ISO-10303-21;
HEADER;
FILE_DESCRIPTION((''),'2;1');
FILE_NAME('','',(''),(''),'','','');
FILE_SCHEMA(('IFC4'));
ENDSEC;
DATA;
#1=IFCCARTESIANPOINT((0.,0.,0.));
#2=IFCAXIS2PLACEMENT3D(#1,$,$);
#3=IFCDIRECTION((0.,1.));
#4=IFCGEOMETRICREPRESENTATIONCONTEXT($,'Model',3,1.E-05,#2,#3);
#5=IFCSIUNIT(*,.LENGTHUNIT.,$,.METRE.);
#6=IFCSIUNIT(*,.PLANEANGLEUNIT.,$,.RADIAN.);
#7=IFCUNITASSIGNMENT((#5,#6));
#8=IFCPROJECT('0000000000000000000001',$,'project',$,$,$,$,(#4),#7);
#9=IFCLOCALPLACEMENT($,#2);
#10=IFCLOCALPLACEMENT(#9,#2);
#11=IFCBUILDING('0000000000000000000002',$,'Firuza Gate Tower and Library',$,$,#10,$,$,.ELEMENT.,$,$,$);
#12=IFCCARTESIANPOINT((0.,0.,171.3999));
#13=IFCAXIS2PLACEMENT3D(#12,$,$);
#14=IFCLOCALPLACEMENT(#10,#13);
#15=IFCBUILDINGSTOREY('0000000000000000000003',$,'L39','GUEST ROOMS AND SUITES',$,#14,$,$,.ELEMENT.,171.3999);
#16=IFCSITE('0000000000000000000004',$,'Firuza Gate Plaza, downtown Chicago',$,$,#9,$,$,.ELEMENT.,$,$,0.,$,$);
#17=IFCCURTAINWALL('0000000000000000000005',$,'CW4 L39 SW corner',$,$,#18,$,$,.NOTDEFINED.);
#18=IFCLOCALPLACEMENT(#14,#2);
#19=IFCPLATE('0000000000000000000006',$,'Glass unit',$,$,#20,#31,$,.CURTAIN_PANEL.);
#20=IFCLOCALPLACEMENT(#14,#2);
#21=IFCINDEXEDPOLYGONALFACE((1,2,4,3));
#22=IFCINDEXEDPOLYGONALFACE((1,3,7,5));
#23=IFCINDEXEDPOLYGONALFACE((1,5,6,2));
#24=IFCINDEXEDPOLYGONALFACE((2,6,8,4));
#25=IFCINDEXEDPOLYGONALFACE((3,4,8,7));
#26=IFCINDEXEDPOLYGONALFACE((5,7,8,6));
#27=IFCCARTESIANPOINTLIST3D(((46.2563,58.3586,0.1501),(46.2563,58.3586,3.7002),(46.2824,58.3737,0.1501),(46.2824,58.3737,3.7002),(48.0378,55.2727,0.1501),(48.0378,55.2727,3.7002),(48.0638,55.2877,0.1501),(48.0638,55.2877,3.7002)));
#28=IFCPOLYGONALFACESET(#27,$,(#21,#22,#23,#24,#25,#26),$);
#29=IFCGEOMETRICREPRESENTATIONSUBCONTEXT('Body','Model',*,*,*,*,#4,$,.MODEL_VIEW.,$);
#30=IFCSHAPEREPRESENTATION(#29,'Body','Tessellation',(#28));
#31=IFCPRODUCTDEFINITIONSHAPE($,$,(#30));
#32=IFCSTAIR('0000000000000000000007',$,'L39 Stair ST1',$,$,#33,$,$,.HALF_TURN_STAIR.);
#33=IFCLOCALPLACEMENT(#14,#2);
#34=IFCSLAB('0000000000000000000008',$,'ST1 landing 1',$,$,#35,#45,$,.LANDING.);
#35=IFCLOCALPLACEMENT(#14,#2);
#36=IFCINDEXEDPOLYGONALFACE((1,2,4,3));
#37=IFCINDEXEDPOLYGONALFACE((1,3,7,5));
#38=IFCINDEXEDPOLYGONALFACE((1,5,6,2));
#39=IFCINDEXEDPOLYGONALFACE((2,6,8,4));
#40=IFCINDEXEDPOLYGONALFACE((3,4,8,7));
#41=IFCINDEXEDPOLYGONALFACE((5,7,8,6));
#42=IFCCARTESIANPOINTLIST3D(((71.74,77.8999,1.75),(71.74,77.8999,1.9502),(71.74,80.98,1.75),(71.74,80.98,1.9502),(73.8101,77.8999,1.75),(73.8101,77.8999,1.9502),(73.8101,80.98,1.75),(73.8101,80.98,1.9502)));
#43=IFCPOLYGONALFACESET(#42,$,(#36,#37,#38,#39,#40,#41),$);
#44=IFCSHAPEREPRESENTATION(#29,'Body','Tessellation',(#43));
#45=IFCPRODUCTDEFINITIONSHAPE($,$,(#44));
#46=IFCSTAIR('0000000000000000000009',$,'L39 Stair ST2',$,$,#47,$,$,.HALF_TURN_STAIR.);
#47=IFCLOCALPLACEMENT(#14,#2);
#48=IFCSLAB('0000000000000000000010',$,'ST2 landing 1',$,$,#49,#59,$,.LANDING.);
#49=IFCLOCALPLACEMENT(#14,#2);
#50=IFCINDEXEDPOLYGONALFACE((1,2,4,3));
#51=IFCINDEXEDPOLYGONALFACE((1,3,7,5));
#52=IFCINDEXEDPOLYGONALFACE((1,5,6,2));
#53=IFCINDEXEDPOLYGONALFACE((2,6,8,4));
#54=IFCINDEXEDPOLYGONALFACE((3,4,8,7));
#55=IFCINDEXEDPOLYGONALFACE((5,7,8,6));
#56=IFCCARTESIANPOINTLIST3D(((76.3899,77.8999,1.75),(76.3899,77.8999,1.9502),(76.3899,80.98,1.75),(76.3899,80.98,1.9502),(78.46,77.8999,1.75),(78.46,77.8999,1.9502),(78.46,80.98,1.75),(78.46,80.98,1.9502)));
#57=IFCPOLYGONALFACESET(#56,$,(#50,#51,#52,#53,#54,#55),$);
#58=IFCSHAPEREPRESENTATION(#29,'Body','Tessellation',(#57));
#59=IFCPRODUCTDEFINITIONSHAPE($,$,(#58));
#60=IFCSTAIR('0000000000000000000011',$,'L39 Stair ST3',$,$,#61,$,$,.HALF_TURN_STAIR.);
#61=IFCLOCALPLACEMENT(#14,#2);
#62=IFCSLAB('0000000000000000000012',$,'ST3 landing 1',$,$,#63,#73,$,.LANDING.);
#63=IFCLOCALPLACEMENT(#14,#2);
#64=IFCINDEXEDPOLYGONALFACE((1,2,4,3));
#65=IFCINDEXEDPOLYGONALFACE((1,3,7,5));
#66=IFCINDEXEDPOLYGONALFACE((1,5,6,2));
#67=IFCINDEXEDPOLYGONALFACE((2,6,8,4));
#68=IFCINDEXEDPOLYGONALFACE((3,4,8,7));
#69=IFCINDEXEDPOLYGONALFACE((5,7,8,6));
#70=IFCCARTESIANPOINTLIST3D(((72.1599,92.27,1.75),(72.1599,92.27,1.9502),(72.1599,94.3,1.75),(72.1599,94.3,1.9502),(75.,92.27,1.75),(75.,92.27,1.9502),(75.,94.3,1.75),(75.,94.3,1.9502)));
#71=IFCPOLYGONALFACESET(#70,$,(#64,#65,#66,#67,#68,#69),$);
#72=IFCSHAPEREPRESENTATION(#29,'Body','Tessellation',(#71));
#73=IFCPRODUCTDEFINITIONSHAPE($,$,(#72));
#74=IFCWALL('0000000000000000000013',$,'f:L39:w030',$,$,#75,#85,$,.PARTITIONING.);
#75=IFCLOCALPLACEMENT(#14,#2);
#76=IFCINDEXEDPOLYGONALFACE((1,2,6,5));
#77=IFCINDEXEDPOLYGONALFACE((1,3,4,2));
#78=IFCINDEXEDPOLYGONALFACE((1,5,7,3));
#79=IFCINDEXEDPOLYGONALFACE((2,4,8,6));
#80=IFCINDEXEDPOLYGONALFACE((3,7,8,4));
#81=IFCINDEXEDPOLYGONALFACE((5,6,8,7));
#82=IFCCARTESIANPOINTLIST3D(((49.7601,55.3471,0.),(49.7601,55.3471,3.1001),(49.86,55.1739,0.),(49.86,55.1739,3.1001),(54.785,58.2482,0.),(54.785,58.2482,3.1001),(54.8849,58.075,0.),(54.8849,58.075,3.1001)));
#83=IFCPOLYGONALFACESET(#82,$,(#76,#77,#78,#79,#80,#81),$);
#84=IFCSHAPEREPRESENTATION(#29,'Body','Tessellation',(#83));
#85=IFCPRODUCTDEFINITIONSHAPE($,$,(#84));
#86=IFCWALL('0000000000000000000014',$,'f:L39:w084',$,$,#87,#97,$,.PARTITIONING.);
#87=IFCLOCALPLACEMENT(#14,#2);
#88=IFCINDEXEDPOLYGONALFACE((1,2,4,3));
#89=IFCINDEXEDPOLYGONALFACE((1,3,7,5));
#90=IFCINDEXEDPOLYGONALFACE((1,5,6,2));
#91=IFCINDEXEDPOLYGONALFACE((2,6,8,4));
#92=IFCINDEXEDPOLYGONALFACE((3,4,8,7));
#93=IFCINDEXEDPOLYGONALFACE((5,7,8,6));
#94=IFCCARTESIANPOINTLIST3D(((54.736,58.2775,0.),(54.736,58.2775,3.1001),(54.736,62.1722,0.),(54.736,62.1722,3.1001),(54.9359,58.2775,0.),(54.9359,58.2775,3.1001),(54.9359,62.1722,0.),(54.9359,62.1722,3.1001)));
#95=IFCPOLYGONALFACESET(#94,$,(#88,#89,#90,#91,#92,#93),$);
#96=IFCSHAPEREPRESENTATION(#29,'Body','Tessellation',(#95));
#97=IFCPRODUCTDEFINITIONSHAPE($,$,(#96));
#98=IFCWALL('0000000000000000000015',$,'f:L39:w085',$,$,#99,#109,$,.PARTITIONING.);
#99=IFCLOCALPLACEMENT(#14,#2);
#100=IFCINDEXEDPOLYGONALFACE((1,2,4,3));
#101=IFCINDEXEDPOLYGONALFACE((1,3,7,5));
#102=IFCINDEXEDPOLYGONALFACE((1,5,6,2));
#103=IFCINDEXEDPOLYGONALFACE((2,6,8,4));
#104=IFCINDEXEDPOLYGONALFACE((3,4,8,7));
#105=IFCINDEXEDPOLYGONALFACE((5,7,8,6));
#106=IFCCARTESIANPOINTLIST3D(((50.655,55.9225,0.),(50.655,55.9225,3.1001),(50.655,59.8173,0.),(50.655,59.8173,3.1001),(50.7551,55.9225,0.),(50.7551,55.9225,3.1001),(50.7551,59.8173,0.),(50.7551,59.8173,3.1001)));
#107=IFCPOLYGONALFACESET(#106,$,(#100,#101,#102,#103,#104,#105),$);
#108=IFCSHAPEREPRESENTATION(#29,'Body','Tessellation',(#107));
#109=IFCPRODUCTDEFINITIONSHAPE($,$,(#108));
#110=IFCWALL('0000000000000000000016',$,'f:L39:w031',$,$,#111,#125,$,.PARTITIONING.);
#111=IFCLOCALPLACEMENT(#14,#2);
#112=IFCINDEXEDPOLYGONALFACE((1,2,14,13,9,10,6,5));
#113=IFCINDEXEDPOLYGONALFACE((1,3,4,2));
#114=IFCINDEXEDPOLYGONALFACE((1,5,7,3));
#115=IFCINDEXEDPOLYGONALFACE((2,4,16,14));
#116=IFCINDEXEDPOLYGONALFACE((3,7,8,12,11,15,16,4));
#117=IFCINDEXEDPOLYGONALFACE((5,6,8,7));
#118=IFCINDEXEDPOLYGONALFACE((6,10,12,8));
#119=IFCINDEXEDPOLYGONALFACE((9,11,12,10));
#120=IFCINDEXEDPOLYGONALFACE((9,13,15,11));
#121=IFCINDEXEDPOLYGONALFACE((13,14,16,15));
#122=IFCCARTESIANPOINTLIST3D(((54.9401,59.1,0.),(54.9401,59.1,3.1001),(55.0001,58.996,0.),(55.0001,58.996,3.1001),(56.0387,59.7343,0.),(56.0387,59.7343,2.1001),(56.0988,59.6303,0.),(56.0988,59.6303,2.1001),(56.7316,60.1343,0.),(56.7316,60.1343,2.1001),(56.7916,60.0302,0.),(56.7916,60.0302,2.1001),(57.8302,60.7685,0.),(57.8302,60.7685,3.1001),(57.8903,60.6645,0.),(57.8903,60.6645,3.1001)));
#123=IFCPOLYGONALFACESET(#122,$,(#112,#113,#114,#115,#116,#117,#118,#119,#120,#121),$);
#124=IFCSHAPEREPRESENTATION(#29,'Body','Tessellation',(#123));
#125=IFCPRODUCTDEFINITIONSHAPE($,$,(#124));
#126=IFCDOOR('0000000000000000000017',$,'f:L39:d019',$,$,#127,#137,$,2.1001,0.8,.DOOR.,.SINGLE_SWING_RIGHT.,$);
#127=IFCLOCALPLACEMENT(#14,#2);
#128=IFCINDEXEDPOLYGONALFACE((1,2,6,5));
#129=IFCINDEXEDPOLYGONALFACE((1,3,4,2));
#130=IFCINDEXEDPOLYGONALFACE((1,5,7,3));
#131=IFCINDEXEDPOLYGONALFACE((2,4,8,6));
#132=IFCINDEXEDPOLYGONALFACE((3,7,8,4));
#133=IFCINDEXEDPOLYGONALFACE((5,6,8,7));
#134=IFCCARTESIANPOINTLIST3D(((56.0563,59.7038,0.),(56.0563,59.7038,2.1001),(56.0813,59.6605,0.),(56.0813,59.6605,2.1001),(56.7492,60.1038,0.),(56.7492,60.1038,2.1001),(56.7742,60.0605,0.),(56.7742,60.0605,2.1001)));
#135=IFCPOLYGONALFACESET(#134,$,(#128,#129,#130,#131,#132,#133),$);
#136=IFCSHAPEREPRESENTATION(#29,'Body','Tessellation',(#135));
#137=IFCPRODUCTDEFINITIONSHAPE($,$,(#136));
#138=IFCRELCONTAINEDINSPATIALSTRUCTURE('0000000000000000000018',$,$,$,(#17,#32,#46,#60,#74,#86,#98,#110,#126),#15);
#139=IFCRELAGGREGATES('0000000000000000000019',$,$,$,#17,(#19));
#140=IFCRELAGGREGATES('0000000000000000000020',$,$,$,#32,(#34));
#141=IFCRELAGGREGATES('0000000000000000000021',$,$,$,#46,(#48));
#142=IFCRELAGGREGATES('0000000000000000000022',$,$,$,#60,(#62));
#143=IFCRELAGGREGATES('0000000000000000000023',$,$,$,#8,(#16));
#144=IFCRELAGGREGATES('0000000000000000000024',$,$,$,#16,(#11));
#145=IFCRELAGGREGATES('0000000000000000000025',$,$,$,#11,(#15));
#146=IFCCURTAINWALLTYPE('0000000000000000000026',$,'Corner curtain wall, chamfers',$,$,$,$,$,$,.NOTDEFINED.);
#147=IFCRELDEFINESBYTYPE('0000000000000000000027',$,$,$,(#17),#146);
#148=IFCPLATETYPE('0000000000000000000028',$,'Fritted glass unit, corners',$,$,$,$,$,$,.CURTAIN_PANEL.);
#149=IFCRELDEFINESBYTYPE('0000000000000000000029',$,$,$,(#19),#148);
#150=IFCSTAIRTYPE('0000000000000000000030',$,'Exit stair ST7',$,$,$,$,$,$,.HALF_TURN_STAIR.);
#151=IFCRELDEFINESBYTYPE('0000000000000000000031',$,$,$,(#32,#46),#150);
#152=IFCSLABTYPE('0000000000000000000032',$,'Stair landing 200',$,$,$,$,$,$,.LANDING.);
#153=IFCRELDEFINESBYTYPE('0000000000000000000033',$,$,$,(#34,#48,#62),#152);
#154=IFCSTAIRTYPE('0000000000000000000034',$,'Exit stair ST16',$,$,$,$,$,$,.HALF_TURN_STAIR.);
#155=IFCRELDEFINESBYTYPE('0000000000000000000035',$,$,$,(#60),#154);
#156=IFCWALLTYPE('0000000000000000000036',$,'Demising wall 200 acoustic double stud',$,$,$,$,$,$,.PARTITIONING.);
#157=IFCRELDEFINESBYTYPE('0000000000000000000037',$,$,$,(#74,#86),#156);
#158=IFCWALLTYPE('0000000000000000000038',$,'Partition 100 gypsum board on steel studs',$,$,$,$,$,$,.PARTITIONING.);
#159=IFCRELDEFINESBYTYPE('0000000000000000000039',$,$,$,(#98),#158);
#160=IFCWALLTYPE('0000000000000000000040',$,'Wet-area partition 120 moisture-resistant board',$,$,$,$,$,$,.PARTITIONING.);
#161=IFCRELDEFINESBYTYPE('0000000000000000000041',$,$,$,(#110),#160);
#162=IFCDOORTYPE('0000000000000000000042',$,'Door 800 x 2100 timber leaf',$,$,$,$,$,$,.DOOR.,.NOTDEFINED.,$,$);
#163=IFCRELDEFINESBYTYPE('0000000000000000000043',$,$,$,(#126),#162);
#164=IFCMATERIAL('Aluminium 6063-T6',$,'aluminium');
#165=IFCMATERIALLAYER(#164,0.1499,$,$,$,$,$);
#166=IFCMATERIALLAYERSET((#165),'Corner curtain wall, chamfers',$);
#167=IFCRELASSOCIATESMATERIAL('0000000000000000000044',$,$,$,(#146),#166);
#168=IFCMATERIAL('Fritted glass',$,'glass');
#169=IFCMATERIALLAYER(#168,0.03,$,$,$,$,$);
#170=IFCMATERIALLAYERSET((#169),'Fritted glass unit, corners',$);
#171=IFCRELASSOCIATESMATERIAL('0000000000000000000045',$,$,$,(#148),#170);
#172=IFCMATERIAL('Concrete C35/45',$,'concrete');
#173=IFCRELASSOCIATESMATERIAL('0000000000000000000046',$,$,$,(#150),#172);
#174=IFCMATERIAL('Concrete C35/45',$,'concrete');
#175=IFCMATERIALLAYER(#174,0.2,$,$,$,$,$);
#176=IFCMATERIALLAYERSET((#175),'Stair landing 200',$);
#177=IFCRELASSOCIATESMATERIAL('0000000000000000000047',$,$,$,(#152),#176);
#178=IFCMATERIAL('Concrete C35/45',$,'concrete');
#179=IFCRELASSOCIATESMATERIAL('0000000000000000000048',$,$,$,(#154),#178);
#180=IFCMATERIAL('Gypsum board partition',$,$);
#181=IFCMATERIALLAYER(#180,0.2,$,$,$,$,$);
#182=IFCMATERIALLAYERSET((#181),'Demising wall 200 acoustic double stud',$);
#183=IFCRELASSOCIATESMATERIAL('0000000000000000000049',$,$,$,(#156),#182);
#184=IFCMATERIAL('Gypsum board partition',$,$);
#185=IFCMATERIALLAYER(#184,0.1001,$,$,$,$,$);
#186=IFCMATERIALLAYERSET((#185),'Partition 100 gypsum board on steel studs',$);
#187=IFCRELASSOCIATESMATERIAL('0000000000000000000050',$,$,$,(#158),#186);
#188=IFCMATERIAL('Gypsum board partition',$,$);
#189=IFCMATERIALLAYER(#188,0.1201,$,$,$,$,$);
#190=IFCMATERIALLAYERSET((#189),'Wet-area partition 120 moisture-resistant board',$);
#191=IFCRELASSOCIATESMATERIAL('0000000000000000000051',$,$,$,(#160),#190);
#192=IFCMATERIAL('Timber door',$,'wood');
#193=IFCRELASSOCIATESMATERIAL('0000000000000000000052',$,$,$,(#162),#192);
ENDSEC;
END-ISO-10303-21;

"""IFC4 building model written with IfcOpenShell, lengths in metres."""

from ifc_helpers import new_model, si_unit, direction, frame, frame_2d, origin, place, context, subcontext, project, spatial, polyline, rectangle, outline, extrude, material, layer, layer_set, type_object, element, fill, aggregate, save


model = new_model("IFC4")

# Units and contexts
model_context = context("Model", 3, precision=1e-05, world=origin(), true_north=direction((0.0, 1.0)))
body_context = subcontext(model_context, "Body", "Model", "MODEL_VIEW")
ifc_project = project(units=[si_unit("LENGTHUNIT", "METRE"), si_unit("PLANEANGLEUNIT", "RADIAN")], contexts=[model_context])

# Site, building, storey
site_placement = place(None, origin())
site = spatial("IfcSite", under=ifc_project, at=site_placement, Name="Firuza Gate Plaza, downtown Chicago", CompositionType="ELEMENT", RefElevation=0.0)
building_placement = place(site_placement, origin())
building = spatial("IfcBuilding", under=site, at=building_placement, Name="Firuza Gate Tower and Library", CompositionType="ELEMENT")
storey_placement = place(building_placement, frame((0.0, 0.0, 171.3999)))
storey = spatial("IfcBuildingStorey", under=building, at=storey_placement, Name="L39", Description="GUEST ROOMS AND SUITES", CompositionType="ELEMENT", Elevation=171.3999)

# Curtain wall
ifc_material_1 = material(Name="Aluminium 6063-T6", Category="aluminium")
ifc_layer_1 = layer(ifc_material_1, 0.1499)
ifc_layer_set_1 = layer_set([ifc_layer_1], Name="Corner curtain wall, chamfers")
curtain_wall_type = type_object("IfcCurtainWallType", Name="Corner curtain wall, chamfers", PredefinedType="NOTDEFINED", material=ifc_layer_set_1)
placement_1 = place(storey_placement, origin())
curtain_wall = element("IfcCurtainWall", 1, at=placement_1, inside=storey, type_object=curtain_wall_type, Name="CW4 L39 SW corner", PredefinedType="NOTDEFINED")

# Plate
ifc_material_2 = material(Name="Fritted glass", Category="glass")
ifc_layer_2 = layer(ifc_material_2, 0.03)
ifc_layer_set_2 = layer_set([ifc_layer_2], Name="Fritted glass unit, corners")
plate_type = type_object("IfcPlateType", Name="Fritted glass unit, corners", PredefinedType="CURTAIN_PANEL", material=ifc_layer_set_2)
plate_placement = place(storey_placement, frame((46.2563, 58.3586, 0.1501), z_axis=(-0.866046, -0.499964, 0.0), x_axis=(0.499964, -0.866046, 0.0)))
plate = element("IfcPlate", 2, at=plate_placement, type_object=plate_type, Name="Glass unit", PredefinedType="CURTAIN_PANEL", context=body_context, shape_type="SweptSolid", body=[
    extrude(outline(polyline([(0.0, 0.0), (3.5632, 0.0), (3.5632, 3.55), (0.0, 3.55), (0.0, 0.0)])), origin(), (0.0, 0.0, -1.0), 0.03),
])
aggregate(curtain_wall, [plate])

# Stairs, slabs
ifc_material_3 = material(Name="Concrete C35/45", Category="concrete")
stair_type_1 = type_object("IfcStairType", Name="Exit stair ST7", PredefinedType="HALF_TURN_STAIR", material=ifc_material_3)
stair_1 = element("IfcStair", 3, at=placement_1, inside=storey, type_object=stair_type_1, Name="L39 Stair ST1", PredefinedType="HALF_TURN_STAIR")
ifc_material_4 = material(Name="Concrete C35/45", Category="concrete")
ifc_layer_3 = layer(ifc_material_4, 0.2)
ifc_layer_set_3 = layer_set([ifc_layer_3], Name="Stair landing 200")
slab_type_1 = type_object("IfcSlabType", Name="Stair landing 200", PredefinedType="LANDING", material=ifc_layer_set_3)
placement_2 = place(storey_placement, frame((0.0, 0.0, 1.75)))
slab_1 = element("IfcSlab", 4, at=placement_2, type_object=slab_type_1, Name="ST1 landing 1", PredefinedType="LANDING", context=body_context, shape_type="SweptSolid", body=[
    extrude(outline(polyline([(71.74, 77.8999), (73.8101, 77.8999), (73.8101, 80.98), (71.74, 80.98), (71.74, 77.8999)])), origin(), (0.0, 0.0, 1.0), 0.2002),
])
aggregate(stair_1, [slab_1])
stair_2 = element("IfcStair", 5, at=placement_1, inside=storey, type_object=stair_type_1, Name="L39 Stair ST2", PredefinedType="HALF_TURN_STAIR")
slab_2 = element("IfcSlab", 6, at=placement_2, type_object=slab_type_1, Name="ST2 landing 1", PredefinedType="LANDING", context=body_context, shape_type="SweptSolid", body=[
    extrude(outline(polyline([(78.46, 80.98), (76.3899, 80.98), (76.3899, 77.8999), (78.46, 77.8999), (78.46, 80.98)])), origin(), (0.0, 0.0, 1.0), 0.2002),
])
aggregate(stair_2, [slab_2])
ifc_material_5 = material(Name="Concrete C35/45", Category="concrete")
stair_type_2 = type_object("IfcStairType", Name="Exit stair ST16", PredefinedType="HALF_TURN_STAIR", material=ifc_material_5)
stair_3 = element("IfcStair", 7, at=placement_1, inside=storey, type_object=stair_type_2, Name="L39 Stair ST3", PredefinedType="HALF_TURN_STAIR")
slab_3 = element("IfcSlab", 8, at=placement_2, type_object=slab_type_1, Name="ST3 landing 1", PredefinedType="LANDING", context=body_context, shape_type="SweptSolid", body=[
    extrude(outline(polyline([(75.0, 92.27), (75.0, 94.3), (72.1599, 94.3), (72.1599, 92.27), (75.0, 92.27)])), origin(), (0.0, 0.0, 1.0), 0.2002),
])
aggregate(stair_3, [slab_3])

# Walls
ifc_material_6 = material(Name="Gypsum board partition")
ifc_layer_4 = layer(ifc_material_6, 0.2)
ifc_layer_set_4 = layer_set([ifc_layer_4], Name="Demising wall 200 acoustic double stud")
wall_type_1 = type_object("IfcWallType", Name="Demising wall 200 acoustic double stud", PredefinedType="PARTITIONING", material=ifc_layer_set_4)
wall_1_placement = place(storey_placement, frame((49.8101, 55.2605, 0.0), z_axis=(0.0, 0.0, 1.0), x_axis=(0.866026, 0.499999, 0.0)))
element("IfcWall", 9, at=wall_1_placement, inside=storey, type_object=wall_type_1, Name="f:L39:w030", PredefinedType="PARTITIONING", context=body_context, shape_type="SweptSolid", body=[
    extrude(rectangle(XDim=5.8022, YDim=0.2, at=frame_2d((2.9011, 0.0))), origin(), (0.0, 0.0, 1.0), 3.1001),
])
wall_2_placement = place(storey_placement, frame((54.8359, 58.2776, 0.0), z_axis=(0.0, 0.0, 1.0), x_axis=(0.0, 1.0, 0.0)))
element("IfcWall", 10, at=wall_2_placement, inside=storey, type_object=wall_type_1, Name="f:L39:w084", PredefinedType="PARTITIONING", context=body_context, shape_type="SweptSolid", body=[
    extrude(rectangle(XDim=3.8948, YDim=0.2, at=frame_2d((1.9473, 0.0))), origin(), (0.0, 0.0, 1.0), 3.1001),
])
ifc_material_7 = material(Name="Gypsum board partition")
ifc_layer_5 = layer(ifc_material_7, 0.1001)
ifc_layer_set_5 = layer_set([ifc_layer_5], Name="Partition 100 gypsum board on steel studs")
wall_type_2 = type_object("IfcWallType", Name="Partition 100 gypsum board on steel studs", PredefinedType="PARTITIONING", material=ifc_layer_set_5)
wall_3_placement = place(storey_placement, frame((50.7051, 55.9226, 0.0), z_axis=(0.0, 0.0, 1.0), x_axis=(0.0, 1.0, 0.0)))
element("IfcWall", 11, at=wall_3_placement, inside=storey, type_object=wall_type_2, Name="f:L39:w085", PredefinedType="PARTITIONING", context=body_context, shape_type="SweptSolid", body=[
    extrude(rectangle(XDim=3.8948, YDim=0.1001, at=frame_2d((1.9473, 0.0))), origin(), (0.0, 0.0, 1.0), 3.1001),
])

# Wall, opening, door
ifc_material_8 = material(Name="Gypsum board partition")
ifc_layer_6 = layer(ifc_material_8, 0.1201)
ifc_layer_set_6 = layer_set([ifc_layer_6], Name="Wet-area partition 120 moisture-resistant board")
wall_type_3 = type_object("IfcWallType", Name="Wet-area partition 120 moisture-resistant board", PredefinedType="PARTITIONING", material=ifc_layer_set_6)
wall_4_placement = place(storey_placement, frame((54.9702, 59.0481, 0.0), z_axis=(0.0, 0.0, 1.0), x_axis=(0.866047, 0.499963, 0.0)))
wall_4 = element("IfcWall", 12, at=wall_4_placement, inside=storey, type_object=wall_type_3, Name="f:L39:w031", PredefinedType="PARTITIONING", context=body_context, shape_type="SweptSolid", body=[
    extrude(rectangle(XDim=3.3372, YDim=0.1201, at=frame_2d((1.6685, 0.0))), origin(), (0.0, 0.0, 1.0), 3.1001),
])
opening_placement = place(wall_4_placement, frame((1.2686, 0.0, 0.0)))
opening = element("IfcOpeningElement", 13, at=opening_placement, cuts=wall_4, PredefinedType="OPENING", context=body_context, shape_type="SweptSolid", body=[
    extrude(rectangle(XDim=0.8, YDim=2.1001, at=frame_2d((0.3999, 1.05))), frame((0.0, 0.0701, 0.0), z_axis=(0.0, -1.0, 0.0), x_axis=(1.0, 0.0, 0.0)), (0.0, 0.0, 1.0), 0.1401),
])
ifc_material_9 = material(Name="Timber door", Category="wood")
door_type = type_object("IfcDoorType", Name="Door 800 x 2100 timber leaf", OperationType="NOTDEFINED", PredefinedType="DOOR", material=ifc_material_9)
door_placement = place(opening_placement, origin())
door = element("IfcDoor", 14, at=door_placement, inside=storey, type_object=door_type, Name="f:L39:d019", OperationType="SINGLE_SWING_RIGHT", OverallHeight=2.1001, OverallWidth=0.8, PredefinedType="DOOR", context=body_context, shape_type="SweptSolid", body=[
    extrude(rectangle(XDim=0.8, YDim=2.1001, at=frame_2d((0.3999, 1.05))), frame((0.0, 0.0249, 0.0), z_axis=(0.0, -1.0, 0.0), x_axis=(1.0, 0.0, 0.0)), (0.0, 0.0, 1.0), 0.05),
])
fill(opening, door)

save(model, "model.ifc")
